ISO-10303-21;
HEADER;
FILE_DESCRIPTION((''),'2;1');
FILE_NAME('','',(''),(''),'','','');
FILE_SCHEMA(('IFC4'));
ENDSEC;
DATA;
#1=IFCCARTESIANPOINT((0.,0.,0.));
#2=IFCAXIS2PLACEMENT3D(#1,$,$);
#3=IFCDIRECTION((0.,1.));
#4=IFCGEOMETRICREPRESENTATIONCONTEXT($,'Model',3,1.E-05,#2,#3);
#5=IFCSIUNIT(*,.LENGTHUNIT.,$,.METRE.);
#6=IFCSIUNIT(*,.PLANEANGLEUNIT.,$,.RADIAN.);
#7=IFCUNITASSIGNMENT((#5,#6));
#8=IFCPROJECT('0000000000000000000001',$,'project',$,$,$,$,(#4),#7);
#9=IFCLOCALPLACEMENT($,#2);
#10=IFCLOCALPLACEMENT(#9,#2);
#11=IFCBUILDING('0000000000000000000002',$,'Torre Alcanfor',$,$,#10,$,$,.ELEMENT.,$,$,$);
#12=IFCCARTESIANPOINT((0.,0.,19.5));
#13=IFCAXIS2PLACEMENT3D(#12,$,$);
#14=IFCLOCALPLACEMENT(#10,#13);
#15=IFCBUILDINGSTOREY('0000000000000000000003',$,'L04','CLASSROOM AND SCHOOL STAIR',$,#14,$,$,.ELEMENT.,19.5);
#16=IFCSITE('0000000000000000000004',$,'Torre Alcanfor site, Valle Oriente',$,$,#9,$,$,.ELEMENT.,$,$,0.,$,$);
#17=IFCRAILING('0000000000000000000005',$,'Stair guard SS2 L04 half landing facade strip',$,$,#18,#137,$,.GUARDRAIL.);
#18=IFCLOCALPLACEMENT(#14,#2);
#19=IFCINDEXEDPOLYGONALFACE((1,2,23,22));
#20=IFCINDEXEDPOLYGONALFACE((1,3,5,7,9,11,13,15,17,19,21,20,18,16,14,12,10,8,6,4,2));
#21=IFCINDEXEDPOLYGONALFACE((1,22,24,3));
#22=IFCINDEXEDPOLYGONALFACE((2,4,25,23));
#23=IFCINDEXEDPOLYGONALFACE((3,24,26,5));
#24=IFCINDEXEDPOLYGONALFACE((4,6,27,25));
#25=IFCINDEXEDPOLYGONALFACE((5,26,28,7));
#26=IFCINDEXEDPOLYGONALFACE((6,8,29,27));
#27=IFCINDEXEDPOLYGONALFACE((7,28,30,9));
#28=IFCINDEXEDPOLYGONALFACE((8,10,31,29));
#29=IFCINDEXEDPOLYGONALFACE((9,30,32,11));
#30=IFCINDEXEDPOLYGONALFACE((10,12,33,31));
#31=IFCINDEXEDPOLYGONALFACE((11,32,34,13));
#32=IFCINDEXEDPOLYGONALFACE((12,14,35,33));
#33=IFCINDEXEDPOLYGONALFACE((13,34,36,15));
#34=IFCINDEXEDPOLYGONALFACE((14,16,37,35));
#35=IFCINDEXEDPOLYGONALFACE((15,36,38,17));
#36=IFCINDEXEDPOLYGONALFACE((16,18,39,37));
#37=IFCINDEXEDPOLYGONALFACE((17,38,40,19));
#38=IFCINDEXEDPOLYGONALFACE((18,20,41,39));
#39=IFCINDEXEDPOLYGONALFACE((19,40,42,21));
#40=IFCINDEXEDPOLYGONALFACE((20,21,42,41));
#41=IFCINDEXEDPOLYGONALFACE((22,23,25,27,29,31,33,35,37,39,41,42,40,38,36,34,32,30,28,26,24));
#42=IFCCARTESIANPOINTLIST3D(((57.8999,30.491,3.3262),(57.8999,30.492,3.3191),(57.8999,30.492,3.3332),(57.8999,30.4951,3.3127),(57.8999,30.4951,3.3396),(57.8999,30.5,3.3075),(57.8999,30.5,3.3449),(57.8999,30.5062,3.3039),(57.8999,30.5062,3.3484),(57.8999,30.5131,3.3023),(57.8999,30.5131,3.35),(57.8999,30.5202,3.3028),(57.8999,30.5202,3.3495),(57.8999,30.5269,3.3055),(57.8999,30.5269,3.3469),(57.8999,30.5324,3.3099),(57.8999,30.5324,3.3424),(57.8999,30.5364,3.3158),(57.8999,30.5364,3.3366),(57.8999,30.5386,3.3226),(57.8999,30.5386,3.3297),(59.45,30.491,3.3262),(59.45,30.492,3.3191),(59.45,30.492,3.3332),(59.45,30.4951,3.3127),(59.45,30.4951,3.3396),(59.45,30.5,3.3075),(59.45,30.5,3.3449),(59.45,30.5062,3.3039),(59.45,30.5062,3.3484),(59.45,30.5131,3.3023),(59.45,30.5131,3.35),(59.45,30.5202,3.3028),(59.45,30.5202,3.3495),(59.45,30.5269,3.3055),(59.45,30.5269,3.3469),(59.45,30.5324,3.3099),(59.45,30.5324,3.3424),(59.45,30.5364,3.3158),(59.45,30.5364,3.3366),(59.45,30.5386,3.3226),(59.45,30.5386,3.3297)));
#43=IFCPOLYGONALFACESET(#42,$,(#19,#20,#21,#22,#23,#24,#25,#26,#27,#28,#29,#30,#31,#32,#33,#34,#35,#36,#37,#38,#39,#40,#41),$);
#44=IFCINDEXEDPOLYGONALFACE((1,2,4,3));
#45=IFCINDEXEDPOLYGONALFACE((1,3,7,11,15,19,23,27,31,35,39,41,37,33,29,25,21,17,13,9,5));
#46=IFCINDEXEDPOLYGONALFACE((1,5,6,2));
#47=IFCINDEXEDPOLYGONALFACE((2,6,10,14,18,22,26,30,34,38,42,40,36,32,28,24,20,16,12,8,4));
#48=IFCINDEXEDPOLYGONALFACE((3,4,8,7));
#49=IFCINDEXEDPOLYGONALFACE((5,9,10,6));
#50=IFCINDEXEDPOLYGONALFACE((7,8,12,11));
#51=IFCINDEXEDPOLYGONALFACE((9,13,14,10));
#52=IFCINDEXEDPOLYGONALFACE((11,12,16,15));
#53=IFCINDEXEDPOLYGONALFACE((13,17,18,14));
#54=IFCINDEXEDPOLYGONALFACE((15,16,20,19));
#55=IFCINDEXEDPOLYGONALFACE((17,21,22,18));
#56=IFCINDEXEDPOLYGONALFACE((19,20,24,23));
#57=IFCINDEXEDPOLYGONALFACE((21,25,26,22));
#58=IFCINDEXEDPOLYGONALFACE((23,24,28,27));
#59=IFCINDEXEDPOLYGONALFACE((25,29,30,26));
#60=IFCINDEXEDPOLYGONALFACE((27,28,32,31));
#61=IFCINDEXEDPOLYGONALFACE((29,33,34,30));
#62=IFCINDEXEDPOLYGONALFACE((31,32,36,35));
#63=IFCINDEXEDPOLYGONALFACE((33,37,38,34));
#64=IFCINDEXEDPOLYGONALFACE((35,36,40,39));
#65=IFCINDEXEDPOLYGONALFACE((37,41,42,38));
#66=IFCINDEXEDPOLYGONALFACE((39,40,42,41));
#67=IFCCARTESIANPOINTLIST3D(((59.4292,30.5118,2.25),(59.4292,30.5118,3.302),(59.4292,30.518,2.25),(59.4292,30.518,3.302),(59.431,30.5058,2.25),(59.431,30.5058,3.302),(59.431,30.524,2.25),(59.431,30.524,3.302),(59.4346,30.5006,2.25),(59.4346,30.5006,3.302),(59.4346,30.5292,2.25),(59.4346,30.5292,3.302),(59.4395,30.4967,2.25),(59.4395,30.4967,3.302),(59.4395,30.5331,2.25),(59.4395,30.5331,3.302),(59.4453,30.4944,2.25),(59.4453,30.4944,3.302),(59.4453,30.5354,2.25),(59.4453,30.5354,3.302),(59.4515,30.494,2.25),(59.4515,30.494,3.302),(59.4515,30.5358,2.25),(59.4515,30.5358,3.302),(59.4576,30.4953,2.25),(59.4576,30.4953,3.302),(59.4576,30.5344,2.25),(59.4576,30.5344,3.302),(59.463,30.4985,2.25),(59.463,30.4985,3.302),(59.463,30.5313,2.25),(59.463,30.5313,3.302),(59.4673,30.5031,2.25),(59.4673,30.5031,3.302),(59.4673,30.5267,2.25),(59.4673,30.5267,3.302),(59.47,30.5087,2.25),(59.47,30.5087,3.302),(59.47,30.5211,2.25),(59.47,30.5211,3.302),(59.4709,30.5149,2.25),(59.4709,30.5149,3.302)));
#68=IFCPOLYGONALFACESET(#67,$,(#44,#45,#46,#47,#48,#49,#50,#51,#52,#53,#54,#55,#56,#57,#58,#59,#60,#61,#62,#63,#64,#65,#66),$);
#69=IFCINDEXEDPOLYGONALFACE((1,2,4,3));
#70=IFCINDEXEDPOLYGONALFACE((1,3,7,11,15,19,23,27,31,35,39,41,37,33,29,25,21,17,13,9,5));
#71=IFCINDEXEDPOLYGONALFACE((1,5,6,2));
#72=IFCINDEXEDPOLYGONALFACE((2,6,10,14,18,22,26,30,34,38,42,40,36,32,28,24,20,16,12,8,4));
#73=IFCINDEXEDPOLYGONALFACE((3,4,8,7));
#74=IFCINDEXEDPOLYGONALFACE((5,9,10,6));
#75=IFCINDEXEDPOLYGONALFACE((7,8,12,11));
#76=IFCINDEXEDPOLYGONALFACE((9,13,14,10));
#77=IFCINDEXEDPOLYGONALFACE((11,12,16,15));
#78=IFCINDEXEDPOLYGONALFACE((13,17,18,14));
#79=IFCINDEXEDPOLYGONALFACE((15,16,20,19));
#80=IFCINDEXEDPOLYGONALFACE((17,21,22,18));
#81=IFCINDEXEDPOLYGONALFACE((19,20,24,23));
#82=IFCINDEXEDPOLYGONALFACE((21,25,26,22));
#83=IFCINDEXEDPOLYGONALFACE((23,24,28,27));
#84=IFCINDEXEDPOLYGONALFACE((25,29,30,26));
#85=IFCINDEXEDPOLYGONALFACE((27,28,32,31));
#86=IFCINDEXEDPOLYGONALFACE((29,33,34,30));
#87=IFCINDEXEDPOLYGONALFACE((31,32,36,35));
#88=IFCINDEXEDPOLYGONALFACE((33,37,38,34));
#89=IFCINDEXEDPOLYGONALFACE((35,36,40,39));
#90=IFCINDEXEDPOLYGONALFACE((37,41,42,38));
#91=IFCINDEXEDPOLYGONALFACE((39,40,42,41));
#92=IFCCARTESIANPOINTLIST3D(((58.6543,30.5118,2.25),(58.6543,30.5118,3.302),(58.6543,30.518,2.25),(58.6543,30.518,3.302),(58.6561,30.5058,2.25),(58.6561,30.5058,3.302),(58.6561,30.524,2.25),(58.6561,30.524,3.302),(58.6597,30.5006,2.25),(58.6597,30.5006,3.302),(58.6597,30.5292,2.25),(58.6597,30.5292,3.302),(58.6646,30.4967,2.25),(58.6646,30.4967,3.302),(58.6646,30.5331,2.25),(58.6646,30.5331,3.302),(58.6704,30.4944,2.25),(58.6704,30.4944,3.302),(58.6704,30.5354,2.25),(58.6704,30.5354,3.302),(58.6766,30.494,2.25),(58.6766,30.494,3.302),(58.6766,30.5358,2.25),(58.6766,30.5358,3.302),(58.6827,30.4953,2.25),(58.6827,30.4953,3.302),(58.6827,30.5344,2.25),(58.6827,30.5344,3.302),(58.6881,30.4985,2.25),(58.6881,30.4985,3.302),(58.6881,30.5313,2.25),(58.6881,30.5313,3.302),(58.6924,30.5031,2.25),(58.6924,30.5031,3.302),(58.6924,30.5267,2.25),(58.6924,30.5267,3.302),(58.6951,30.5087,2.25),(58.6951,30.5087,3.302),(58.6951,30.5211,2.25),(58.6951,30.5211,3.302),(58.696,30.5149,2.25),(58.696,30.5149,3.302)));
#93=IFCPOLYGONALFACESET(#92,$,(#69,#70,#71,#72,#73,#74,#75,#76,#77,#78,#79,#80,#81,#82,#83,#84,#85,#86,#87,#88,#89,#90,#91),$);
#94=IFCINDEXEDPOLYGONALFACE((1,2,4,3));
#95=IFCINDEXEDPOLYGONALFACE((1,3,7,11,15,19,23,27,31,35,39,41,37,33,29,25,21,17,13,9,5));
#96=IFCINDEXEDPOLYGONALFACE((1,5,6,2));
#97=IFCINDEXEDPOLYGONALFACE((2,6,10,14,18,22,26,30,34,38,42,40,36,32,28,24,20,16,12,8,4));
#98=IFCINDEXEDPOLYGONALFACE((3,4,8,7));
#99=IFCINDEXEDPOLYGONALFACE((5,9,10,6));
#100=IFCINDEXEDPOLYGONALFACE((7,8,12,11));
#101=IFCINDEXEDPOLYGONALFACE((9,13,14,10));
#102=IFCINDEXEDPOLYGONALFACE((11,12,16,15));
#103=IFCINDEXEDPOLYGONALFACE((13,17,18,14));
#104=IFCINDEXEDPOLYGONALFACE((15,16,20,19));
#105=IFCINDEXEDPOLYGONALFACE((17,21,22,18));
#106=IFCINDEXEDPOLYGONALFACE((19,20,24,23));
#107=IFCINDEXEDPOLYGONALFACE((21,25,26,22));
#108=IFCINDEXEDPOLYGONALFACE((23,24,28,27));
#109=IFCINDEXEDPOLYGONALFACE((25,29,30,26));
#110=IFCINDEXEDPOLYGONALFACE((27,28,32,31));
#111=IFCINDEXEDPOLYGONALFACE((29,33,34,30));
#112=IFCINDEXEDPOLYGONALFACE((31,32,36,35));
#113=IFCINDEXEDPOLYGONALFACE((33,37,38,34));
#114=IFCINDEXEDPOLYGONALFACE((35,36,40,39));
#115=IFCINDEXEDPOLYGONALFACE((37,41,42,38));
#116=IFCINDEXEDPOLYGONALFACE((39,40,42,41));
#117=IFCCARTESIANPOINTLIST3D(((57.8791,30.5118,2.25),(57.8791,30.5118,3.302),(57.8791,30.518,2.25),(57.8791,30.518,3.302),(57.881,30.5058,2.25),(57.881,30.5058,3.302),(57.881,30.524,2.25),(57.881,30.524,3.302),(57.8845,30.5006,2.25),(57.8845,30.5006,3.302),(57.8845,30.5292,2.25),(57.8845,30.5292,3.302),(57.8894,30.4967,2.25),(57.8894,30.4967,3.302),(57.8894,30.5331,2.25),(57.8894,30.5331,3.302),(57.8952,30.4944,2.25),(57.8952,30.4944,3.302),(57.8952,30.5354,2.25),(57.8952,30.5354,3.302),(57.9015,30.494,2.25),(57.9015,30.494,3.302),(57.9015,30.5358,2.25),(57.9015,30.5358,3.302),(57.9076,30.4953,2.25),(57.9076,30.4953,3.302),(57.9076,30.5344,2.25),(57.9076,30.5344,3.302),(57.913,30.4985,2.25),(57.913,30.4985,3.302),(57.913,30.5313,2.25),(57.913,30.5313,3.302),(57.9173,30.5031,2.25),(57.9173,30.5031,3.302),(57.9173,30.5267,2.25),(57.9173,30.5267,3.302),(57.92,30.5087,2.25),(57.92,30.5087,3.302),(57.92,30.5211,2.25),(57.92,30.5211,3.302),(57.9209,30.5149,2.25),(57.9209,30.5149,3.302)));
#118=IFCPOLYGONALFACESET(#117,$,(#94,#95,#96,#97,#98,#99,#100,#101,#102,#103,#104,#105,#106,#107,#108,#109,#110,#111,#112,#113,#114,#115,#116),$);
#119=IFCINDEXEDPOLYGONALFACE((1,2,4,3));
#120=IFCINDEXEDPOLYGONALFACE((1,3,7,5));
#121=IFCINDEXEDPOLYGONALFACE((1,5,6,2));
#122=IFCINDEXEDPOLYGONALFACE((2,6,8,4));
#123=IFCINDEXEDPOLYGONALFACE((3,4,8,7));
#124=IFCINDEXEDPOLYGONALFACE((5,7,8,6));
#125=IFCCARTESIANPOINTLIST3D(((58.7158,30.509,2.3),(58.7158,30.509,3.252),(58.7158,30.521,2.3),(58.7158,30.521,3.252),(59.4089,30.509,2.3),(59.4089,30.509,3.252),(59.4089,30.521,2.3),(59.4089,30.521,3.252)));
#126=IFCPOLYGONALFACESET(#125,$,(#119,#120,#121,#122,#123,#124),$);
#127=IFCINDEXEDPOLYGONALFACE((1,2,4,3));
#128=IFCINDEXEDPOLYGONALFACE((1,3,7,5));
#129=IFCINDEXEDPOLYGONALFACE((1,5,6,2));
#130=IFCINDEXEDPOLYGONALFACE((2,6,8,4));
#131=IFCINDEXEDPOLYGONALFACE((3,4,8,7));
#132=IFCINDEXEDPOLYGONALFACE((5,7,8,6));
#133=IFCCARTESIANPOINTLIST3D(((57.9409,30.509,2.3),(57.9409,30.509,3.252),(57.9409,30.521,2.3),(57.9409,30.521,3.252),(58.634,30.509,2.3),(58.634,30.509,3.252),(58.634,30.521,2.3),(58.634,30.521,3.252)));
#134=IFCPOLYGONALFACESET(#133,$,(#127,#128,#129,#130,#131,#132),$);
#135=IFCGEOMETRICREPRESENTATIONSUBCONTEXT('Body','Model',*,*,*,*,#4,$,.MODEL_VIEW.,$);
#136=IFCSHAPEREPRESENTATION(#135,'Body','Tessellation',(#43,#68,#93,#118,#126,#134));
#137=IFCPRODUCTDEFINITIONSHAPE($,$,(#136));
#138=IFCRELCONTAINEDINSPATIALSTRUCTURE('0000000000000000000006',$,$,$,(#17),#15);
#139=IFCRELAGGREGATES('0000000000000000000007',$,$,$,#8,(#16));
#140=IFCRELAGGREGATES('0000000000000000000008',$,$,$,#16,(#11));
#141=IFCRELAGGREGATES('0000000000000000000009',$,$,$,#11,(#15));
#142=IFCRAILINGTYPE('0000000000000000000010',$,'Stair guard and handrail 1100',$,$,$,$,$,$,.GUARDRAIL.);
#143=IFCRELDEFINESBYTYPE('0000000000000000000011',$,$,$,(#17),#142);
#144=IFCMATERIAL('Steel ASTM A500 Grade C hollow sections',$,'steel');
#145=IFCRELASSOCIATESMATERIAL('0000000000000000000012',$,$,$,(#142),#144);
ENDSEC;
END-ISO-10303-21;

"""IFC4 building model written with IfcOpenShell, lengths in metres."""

from ifc_helpers import new_model, si_unit, direction, frame, origin, origin_2d, place, context, subcontext, project, spatial, polyline, circle, outline, extrude, material, type_object, element, save


model = new_model("IFC4")

# Units and contexts
model_context = context("Model", 3, precision=1e-05, world=origin(), true_north=direction((0.0, 1.0)))
body_context = subcontext(model_context, "Body", "Model", "MODEL_VIEW")
ifc_project = project(units=[si_unit("LENGTHUNIT", "METRE"), si_unit("PLANEANGLEUNIT", "RADIAN")], contexts=[model_context])

# Site, building, storey
site_placement = place(None, origin())
site = spatial("IfcSite", under=ifc_project, at=site_placement, Name="Torre Alcanfor site, Valle Oriente", CompositionType="ELEMENT", RefElevation=0.0)
building_placement = place(site_placement, origin())
building = spatial("IfcBuilding", under=site, at=building_placement, Name="Torre Alcanfor", CompositionType="ELEMENT")
storey_placement = place(building_placement, frame((0.0, 0.0, 19.5)))
storey = spatial("IfcBuildingStorey", under=building, at=storey_placement, Name="L04", Description="CLASSROOM AND SCHOOL STAIR", CompositionType="ELEMENT", Elevation=19.5)

# Railing
ifc_material_1 = material(Name="Steel ASTM A500 Grade C hollow sections", Category="steel")
railing_type_1 = type_object("IfcRailingType", Name="Stair guard and handrail 1100", PredefinedType="GUARDRAIL", material=ifc_material_1)
railing_1_placement = place(storey_placement, frame((59.45, 30.5149, 2.25)))
element("IfcRailing", 1, at=railing_1_placement, inside=storey, type_object=railing_type_1, Name="Stair guard SS2 L04 half landing facade strip", PredefinedType="GUARDRAIL", context=body_context, shape_type="SweptSolid", body=[
    extrude(circle(Radius=0.0239, at=origin_2d()), frame((0.0, 0.0, 1.0762), z_axis=(-1.0, 0.0, 0.0), x_axis=(0.0, -1.0, 0.0)), (0.0, 0.0, 1.0), 1.55),
    extrude(circle(Radius=0.021, at=origin_2d()), origin(), (0.0, 0.0, 1.0), 1.052),
    extrude(circle(Radius=0.021, at=origin_2d()), frame((-0.7749, 0.0, 0.0)), (0.0, 0.0, 1.0), 1.052),
    extrude(circle(Radius=0.021, at=origin_2d()), frame((-1.55, 0.0, 0.0)), (0.0, 0.0, 1.0), 1.052),
    extrude(outline(polyline([(0.041, 0.05), (0.7341, 0.05), (0.7341, 1.002), (0.041, 1.002), (0.041, 0.05)])), frame((0.0, -0.0059, 0.0), z_axis=(0.0, 1.0, 0.0), x_axis=(-1.0, 0.0, 0.0)), (0.0, 0.0, 1.0), 0.012),
    extrude(outline(polyline([(0.8159, 0.05), (1.509, 0.05), (1.509, 1.002), (0.8159, 1.002), (0.8159, 0.05)])), frame((0.0, -0.0059, 0.0), z_axis=(0.0, 1.0, 0.0), x_axis=(-1.0, 0.0, 0.0)), (0.0, 0.0, 1.0), 0.012),
])

save(model, "model.ifc")
